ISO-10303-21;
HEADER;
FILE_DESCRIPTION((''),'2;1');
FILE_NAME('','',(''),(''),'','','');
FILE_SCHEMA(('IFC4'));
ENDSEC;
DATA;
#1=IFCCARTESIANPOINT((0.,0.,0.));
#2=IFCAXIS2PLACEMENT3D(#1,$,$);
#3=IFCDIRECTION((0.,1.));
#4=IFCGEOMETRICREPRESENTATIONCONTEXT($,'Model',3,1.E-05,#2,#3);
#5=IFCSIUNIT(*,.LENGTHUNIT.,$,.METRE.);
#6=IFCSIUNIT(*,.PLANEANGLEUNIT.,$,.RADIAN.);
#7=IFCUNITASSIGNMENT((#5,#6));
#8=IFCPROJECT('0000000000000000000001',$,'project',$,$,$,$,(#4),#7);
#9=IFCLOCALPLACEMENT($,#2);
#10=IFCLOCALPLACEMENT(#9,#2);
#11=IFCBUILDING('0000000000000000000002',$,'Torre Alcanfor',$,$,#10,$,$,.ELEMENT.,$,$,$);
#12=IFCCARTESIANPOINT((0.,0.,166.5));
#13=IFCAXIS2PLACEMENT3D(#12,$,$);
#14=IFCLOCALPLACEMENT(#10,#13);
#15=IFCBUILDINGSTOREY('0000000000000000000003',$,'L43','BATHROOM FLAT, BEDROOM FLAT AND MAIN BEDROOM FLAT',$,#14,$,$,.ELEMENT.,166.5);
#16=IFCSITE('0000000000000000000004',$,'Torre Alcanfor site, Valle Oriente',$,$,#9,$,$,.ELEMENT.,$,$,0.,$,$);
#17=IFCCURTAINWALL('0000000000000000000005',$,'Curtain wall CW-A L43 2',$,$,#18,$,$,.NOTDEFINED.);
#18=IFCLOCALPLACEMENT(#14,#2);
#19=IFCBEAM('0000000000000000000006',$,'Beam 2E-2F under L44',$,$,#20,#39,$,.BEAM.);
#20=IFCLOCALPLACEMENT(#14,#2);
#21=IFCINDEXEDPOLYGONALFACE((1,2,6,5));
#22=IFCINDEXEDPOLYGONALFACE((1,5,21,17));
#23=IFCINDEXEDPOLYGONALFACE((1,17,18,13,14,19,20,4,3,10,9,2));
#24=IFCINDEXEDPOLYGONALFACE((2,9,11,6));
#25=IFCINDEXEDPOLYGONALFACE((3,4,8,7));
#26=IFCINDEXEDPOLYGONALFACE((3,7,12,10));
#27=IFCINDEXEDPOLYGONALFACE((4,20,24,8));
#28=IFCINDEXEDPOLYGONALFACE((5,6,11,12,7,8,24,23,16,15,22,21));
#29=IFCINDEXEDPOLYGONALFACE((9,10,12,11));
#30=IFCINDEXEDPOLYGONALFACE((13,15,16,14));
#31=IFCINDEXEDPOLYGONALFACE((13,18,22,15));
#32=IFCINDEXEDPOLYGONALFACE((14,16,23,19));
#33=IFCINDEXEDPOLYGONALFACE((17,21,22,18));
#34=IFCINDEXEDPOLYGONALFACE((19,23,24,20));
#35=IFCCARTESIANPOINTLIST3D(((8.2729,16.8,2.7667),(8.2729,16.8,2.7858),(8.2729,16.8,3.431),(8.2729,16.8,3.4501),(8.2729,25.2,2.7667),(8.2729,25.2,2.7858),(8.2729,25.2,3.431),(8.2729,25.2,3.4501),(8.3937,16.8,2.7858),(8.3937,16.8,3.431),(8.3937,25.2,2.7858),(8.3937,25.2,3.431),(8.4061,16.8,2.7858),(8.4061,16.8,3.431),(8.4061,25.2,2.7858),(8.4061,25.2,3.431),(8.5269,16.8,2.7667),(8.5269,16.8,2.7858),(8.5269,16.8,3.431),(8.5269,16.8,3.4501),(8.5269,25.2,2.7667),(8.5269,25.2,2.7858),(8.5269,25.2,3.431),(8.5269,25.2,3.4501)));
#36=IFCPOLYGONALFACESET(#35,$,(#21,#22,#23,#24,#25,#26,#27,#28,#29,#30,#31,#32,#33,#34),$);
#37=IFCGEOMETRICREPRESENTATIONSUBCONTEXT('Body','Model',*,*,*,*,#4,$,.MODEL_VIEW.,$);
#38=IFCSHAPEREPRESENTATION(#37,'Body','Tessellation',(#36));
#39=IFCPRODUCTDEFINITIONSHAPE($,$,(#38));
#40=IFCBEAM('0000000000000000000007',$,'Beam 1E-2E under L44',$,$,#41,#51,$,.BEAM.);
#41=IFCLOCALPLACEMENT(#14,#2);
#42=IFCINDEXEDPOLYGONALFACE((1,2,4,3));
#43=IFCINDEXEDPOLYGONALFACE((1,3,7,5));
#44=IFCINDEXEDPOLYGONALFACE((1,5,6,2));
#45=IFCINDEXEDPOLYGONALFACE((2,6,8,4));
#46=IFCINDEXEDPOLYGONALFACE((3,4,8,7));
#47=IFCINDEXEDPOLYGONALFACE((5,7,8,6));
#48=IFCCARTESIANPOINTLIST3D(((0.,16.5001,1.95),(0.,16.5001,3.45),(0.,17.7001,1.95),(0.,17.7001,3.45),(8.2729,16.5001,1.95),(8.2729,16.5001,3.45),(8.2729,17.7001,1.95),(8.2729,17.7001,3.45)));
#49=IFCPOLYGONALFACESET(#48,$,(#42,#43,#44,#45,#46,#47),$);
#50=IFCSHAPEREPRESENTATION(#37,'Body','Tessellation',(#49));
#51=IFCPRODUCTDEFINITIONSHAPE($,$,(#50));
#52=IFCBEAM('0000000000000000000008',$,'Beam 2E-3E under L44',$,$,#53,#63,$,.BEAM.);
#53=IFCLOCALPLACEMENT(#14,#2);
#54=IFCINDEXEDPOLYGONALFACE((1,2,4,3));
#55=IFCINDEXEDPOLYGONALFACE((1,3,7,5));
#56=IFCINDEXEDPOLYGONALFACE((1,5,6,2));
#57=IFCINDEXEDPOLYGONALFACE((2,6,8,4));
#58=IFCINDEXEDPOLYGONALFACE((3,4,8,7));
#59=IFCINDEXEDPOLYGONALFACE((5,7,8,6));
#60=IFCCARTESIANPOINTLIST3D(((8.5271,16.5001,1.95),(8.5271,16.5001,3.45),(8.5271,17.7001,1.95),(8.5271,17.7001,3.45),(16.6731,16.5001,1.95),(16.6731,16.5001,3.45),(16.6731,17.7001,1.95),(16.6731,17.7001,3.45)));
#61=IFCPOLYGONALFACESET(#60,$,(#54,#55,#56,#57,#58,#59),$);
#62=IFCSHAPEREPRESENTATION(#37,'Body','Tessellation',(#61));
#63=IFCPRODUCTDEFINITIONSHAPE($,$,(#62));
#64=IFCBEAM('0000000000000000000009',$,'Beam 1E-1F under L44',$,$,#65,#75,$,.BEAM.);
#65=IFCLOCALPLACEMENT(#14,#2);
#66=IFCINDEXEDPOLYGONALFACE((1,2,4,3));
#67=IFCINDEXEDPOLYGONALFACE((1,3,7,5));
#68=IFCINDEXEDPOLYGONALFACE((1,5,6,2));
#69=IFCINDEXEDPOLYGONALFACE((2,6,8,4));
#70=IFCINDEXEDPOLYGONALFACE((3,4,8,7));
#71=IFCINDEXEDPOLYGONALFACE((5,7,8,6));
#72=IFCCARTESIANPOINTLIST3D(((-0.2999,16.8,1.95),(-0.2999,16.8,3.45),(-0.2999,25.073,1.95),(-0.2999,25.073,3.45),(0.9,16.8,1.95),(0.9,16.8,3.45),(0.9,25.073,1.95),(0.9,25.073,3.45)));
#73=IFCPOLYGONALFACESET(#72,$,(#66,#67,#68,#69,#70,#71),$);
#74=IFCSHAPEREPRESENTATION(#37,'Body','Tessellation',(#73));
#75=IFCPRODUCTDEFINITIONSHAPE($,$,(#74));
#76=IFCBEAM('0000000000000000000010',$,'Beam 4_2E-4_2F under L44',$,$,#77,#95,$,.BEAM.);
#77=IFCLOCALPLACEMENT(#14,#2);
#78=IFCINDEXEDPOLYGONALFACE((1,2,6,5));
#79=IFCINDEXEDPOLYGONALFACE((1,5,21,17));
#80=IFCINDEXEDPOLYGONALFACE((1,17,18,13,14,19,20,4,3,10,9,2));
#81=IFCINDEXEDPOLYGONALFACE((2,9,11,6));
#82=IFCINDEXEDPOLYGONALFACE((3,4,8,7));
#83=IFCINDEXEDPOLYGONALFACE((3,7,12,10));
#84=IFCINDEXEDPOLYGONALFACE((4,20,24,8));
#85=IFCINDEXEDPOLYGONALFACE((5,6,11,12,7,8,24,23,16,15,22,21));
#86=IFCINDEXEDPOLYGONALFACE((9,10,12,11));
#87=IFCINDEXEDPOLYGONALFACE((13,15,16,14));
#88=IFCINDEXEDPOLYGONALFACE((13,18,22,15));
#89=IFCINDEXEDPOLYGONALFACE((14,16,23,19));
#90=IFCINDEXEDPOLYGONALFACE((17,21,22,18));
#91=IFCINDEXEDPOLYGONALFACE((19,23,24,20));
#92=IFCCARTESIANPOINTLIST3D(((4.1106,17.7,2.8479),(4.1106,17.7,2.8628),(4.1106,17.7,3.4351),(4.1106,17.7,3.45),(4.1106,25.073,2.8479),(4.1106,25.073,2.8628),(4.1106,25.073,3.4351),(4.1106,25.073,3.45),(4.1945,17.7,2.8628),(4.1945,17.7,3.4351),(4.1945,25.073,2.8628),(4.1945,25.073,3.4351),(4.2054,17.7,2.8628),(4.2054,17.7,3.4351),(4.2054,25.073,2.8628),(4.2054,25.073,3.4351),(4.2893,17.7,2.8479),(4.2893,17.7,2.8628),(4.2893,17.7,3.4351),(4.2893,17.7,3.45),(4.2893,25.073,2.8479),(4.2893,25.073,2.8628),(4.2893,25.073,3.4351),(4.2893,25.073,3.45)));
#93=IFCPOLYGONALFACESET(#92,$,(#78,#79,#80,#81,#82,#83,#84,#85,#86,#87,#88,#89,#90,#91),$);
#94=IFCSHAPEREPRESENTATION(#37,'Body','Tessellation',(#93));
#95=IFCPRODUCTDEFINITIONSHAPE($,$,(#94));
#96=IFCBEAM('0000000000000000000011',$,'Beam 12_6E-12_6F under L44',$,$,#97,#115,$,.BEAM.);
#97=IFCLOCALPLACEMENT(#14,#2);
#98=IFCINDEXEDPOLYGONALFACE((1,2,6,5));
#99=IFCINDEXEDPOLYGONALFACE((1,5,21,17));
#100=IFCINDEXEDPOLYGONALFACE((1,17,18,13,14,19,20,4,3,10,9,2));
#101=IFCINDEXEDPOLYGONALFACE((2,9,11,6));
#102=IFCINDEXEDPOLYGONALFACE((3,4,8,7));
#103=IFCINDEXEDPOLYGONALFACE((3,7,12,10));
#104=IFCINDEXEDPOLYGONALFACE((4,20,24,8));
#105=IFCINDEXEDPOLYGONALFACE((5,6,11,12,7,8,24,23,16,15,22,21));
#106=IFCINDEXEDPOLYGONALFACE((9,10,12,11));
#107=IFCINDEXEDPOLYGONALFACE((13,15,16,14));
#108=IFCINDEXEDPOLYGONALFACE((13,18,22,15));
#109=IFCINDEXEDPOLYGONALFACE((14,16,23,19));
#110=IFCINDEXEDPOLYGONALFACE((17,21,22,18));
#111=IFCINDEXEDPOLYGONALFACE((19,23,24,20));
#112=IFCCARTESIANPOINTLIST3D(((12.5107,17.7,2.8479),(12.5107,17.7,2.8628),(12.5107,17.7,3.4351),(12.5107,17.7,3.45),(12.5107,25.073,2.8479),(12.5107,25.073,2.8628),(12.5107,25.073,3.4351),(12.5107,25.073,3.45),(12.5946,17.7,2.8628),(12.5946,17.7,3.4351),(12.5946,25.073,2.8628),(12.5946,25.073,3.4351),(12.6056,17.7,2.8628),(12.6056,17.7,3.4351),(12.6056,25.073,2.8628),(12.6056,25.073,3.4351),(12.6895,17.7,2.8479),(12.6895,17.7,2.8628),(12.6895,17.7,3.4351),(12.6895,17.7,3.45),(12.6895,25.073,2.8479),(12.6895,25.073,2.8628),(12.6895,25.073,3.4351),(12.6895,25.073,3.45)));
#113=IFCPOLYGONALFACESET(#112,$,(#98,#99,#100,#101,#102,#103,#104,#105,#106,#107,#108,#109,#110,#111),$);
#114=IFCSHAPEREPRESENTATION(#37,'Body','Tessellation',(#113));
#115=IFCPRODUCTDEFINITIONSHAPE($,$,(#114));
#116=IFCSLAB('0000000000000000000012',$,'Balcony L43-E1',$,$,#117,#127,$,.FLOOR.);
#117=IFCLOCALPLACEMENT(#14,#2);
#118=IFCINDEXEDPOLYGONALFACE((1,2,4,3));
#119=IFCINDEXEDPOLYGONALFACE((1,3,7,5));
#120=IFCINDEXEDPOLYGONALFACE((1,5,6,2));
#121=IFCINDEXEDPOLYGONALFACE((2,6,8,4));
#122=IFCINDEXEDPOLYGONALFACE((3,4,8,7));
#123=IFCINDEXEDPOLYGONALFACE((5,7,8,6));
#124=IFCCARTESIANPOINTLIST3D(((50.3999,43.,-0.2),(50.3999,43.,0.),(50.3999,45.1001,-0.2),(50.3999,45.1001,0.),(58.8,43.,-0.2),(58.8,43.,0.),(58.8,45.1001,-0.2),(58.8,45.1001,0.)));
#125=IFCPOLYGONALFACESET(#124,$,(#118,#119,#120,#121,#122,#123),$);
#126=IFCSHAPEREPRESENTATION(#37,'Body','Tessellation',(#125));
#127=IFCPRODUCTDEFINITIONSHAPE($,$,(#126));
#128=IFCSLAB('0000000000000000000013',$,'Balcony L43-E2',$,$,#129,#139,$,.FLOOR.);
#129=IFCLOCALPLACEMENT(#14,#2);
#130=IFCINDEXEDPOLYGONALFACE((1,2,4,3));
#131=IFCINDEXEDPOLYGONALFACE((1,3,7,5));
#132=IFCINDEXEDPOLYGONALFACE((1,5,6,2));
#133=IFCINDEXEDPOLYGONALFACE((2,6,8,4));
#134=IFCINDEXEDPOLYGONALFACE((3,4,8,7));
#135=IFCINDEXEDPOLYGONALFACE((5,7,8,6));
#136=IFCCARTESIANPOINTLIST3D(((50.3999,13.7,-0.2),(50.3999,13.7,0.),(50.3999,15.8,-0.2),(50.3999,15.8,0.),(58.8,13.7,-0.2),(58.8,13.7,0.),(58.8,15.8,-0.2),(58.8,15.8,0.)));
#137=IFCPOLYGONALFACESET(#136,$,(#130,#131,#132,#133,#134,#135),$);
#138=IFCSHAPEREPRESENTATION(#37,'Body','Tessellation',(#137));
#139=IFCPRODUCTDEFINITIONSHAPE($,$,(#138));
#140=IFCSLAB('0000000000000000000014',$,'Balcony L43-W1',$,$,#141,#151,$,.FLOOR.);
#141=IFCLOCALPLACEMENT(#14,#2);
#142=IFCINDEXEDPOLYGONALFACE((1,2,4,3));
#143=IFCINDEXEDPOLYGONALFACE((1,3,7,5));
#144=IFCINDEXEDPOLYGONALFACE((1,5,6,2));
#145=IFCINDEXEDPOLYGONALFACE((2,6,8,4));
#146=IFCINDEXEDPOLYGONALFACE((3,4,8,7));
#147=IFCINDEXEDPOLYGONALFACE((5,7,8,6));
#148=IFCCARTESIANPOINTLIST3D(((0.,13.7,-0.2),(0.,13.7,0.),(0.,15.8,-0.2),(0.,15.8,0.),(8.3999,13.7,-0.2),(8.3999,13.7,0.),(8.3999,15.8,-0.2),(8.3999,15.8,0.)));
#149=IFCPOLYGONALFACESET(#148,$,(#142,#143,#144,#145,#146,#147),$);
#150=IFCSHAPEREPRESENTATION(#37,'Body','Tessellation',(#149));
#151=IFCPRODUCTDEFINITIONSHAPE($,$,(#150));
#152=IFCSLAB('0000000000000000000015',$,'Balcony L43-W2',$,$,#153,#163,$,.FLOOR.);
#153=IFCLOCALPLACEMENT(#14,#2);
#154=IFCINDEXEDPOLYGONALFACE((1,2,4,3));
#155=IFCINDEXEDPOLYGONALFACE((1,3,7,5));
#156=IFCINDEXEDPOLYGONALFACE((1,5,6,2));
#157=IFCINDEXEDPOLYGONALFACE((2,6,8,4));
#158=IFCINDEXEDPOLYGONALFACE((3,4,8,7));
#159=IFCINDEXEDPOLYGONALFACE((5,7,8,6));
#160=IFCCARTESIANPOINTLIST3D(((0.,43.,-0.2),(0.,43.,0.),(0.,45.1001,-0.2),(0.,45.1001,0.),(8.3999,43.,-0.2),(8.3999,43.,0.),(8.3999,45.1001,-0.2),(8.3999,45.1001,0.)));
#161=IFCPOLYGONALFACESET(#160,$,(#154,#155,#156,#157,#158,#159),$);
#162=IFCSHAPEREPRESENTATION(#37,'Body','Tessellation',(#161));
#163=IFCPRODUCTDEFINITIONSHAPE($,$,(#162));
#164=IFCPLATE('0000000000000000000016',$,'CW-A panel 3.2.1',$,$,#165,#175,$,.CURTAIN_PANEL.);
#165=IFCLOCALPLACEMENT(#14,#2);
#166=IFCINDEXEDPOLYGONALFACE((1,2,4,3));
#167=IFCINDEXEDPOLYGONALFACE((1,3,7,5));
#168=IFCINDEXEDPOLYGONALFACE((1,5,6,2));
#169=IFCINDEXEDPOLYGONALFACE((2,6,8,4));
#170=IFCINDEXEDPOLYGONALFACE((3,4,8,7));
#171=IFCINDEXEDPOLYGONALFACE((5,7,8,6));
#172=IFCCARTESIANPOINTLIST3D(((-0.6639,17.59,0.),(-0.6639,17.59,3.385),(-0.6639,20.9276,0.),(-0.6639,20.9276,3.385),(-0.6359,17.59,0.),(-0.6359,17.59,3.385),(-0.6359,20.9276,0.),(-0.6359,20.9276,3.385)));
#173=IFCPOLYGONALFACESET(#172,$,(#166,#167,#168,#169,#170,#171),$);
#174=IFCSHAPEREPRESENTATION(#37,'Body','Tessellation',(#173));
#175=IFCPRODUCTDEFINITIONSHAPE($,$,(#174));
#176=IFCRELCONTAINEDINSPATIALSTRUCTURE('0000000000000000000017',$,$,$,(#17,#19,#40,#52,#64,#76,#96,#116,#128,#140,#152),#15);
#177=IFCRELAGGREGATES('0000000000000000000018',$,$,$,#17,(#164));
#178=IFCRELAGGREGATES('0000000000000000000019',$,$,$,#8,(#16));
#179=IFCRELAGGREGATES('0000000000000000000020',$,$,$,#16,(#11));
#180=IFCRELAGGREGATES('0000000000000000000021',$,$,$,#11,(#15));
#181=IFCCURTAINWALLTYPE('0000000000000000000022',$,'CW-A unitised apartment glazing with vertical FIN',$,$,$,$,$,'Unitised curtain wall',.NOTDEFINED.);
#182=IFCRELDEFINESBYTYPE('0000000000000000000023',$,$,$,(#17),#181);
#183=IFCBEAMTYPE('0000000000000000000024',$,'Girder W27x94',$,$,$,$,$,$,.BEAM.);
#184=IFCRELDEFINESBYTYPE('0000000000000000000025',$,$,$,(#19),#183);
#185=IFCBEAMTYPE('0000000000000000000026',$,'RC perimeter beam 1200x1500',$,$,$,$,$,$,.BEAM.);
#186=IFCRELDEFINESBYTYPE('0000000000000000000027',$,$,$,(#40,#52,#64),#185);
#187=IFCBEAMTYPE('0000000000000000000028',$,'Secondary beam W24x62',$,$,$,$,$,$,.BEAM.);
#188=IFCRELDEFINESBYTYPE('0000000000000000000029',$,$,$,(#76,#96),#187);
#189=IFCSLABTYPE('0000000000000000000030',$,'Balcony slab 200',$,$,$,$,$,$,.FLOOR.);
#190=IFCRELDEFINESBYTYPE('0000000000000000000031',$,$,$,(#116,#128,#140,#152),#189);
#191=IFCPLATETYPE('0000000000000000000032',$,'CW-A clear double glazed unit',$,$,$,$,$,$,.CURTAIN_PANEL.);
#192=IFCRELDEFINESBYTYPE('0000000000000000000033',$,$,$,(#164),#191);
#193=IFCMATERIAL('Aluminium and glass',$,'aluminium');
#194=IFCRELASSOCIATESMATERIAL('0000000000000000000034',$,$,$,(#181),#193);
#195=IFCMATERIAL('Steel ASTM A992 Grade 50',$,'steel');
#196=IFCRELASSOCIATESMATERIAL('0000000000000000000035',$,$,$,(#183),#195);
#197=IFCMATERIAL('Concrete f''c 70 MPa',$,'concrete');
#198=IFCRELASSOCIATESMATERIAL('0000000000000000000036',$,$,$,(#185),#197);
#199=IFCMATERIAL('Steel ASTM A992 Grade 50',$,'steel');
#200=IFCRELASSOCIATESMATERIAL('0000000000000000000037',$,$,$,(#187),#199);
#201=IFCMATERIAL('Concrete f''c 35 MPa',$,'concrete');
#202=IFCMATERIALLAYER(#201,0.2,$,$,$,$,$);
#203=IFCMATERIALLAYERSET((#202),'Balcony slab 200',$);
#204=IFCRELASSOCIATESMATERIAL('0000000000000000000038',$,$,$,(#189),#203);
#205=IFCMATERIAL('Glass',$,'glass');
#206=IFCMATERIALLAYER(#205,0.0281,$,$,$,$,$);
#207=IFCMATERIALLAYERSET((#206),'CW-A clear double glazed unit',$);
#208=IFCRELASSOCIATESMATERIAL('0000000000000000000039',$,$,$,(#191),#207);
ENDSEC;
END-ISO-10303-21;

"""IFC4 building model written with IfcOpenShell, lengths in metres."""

from ifc_helpers import new_model, si_unit, direction, frame, origin, origin_2d, place, context, subcontext, project, spatial, polyline, rectangle, i_section, outline, extrude, material, layer, layer_set, material_profile, profile_set, type_object, element, aggregate, save


model = new_model("IFC4")

# Units and contexts
model_context = context("Model", 3, precision=1e-05, world=origin(), true_north=direction((0.0, 1.0)))
body_context = subcontext(model_context, "Body", "Model", "MODEL_VIEW")
ifc_project = project(units=[si_unit("LENGTHUNIT", "METRE"), si_unit("PLANEANGLEUNIT", "RADIAN")], contexts=[model_context])

# Site, building, storey
site_placement = place(None, origin())
site = spatial("IfcSite", under=ifc_project, at=site_placement, Name="Torre Alcanfor site, Valle Oriente", CompositionType="ELEMENT", RefElevation=0.0)
building_placement = place(site_placement, origin())
building = spatial("IfcBuilding", under=site, at=building_placement, Name="Torre Alcanfor", CompositionType="ELEMENT")
storey_placement = place(building_placement, frame((0.0, 0.0, 166.5)))
storey = spatial("IfcBuildingStorey", under=building, at=storey_placement, Name="L43", Description="BATHROOM FLAT, BEDROOM FLAT AND MAIN BEDROOM FLAT", CompositionType="ELEMENT", Elevation=166.5)

# Curtain wall
ifc_material_1 = material(Name="Aluminium and glass", Category="aluminium")
curtain_wall_type = type_object("IfcCurtainWallType", Name="CW-A unitised apartment glazing with vertical FIN", ElementType="Unitised curtain wall", PredefinedType="NOTDEFINED", material=ifc_material_1)
curtain_wall_placement = place(storey_placement, origin())
curtain_wall = element("IfcCurtainWall", 1, at=curtain_wall_placement, inside=storey, type_object=curtain_wall_type, Name="Curtain wall CW-A L43 2", PredefinedType="NOTDEFINED")

# Beams
ifc_material_2 = material(Name="Steel ASTM A992 Grade 50", Category="steel")
ifc_material_profile_1 = material_profile(ifc_material_2, i_section(OverallWidth=0.2539, OverallDepth=0.6833, WebThickness=0.0125, FlangeThickness=0.019, at=origin_2d()), Name="W27x94")
ifc_profile_set_1 = profile_set([ifc_material_profile_1], Name="Steel ASTM A992 Grade 50")
beam_type_1 = type_object("IfcBeamType", Name="Girder W27x94", PredefinedType="BEAM", material=ifc_profile_set_1)
beam_1_placement = place(storey_placement, frame((8.3999, 16.8, 3.1084), z_axis=(0.0, 1.0, 0.0), x_axis=(-1.0, 0.0, 0.0)))
element("IfcBeam", 2, at=beam_1_placement, inside=storey, type_object=beam_type_1, Name="Beam 2E-2F under L44", PredefinedType="BEAM", context=body_context, shape_type="SweptSolid", body=[
    extrude(i_section(OverallWidth=0.2539, OverallDepth=0.6833, WebThickness=0.0125, FlangeThickness=0.019, at=origin_2d()), origin(), (0.0, 0.0, 1.0), 8.3999),
])
ifc_material_3 = material(Name="Concrete f'c 70 MPa", Category="concrete")
ifc_material_profile_2 = material_profile(ifc_material_3, rectangle(XDim=1.2, YDim=1.5, at=origin_2d()), Name="1200x1500")
ifc_profile_set_2 = profile_set([ifc_material_profile_2], Name="Concrete f'c 70 MPa")
beam_type_2 = type_object("IfcBeamType", Name="RC perimeter beam 1200x1500", PredefinedType="BEAM", material=ifc_profile_set_2)
beam_2_placement = place(storey_placement, frame((0.0, 17.1001, 2.7), z_axis=(1.0, 0.0, 0.0), x_axis=(0.0, 1.0, 0.0)))
element("IfcBeam", 3, at=beam_2_placement, inside=storey, type_object=beam_type_2, Name="Beam 1E-2E under L44", PredefinedType="BEAM", context=body_context, shape_type="SweptSolid", body=[
    extrude(rectangle(XDim=1.2, YDim=1.5, at=origin_2d()), origin(), (0.0, 0.0, 1.0), 8.2729),
])
beam_3_placement = place(storey_placement, frame((8.5271, 17.1001, 2.7), z_axis=(1.0, 0.0, 0.0), x_axis=(0.0, 1.0, 0.0)))
element("IfcBeam", 4, at=beam_3_placement, inside=storey, type_object=beam_type_2, Name="Beam 2E-3E under L44", PredefinedType="BEAM", context=body_context, shape_type="SweptSolid", body=[
    extrude(rectangle(XDim=1.2, YDim=1.5, at=origin_2d()), origin(), (0.0, 0.0, 1.0), 8.146),
])
beam_4_placement = place(storey_placement, frame((0.3, 16.8, 2.7), z_axis=(0.0, 1.0, 0.0), x_axis=(-1.0, 0.0, 0.0)))
element("IfcBeam", 5, at=beam_4_placement, inside=storey, type_object=beam_type_2, Name="Beam 1E-1F under L44", PredefinedType="BEAM", context=body_context, shape_type="SweptSolid", body=[
    extrude(rectangle(XDim=1.2, YDim=1.5, at=origin_2d()), origin(), (0.0, 0.0, 1.0), 8.2729),
])
ifc_material_4 = material(Name="Steel ASTM A992 Grade 50", Category="steel")
ifc_material_profile_3 = material_profile(ifc_material_4, i_section(OverallWidth=0.1787, OverallDepth=0.6021, WebThickness=0.011, FlangeThickness=0.0149, at=origin_2d()), Name="W24x62")
ifc_profile_set_3 = profile_set([ifc_material_profile_3], Name="Steel ASTM A992 Grade 50")
beam_type_3 = type_object("IfcBeamType", Name="Secondary beam W24x62", PredefinedType="BEAM", material=ifc_profile_set_3)
for number, where, z_axis, x_axis, name in (
    (6, (4.2, 17.7, 3.1489), (0.0, 1.0, 0.0), (-1.0, 0.0, 0.0), "Beam 4_2E-4_2F under L44"),
    (7, (12.6001, 17.7, 3.1489), (0.0, 1.0, 0.0), (-1.0, 0.0, 0.0), "Beam 12_6E-12_6F under L44"),
):
    element("IfcBeam", number, at=place(storey_placement, frame(where, z_axis=z_axis, x_axis=x_axis)), inside=storey, type_object=beam_type_3, Name=name, PredefinedType="BEAM", context=body_context, shape_type="SweptSolid", body=[
        extrude(i_section(OverallWidth=0.1787, OverallDepth=0.6021, WebThickness=0.011, FlangeThickness=0.0149, at=origin_2d()), origin(), (0.0, 0.0, 1.0), 7.373),
    ])

# Slabs
ifc_material_5 = material(Name="Concrete f'c 35 MPa", Category="concrete")
ifc_layer_1 = layer(ifc_material_5, 0.2)
ifc_layer_set_1 = layer_set([ifc_layer_1], Name="Balcony slab 200")
slab_type_1 = type_object("IfcSlabType", Name="Balcony slab 200", PredefinedType="FLOOR", material=ifc_layer_set_1)
slab_1_placement = place(storey_placement, frame((0.0, 0.0, -0.2)))
element("IfcSlab", 8, at=slab_1_placement, inside=storey, type_object=slab_type_1, Name="Balcony L43-E1", PredefinedType="FLOOR", context=body_context, shape_type="SweptSolid", body=[
    extrude(outline(polyline([(50.3999, 43.0), (58.8, 43.0), (58.8, 45.1001), (50.3999, 45.1001), (50.3999, 43.0)])), origin(), (0.0, 0.0, 1.0), 0.2),
])
slab_2_placement = place(storey_placement, frame((0.0, 0.0, -0.2)))
element("IfcSlab", 9, at=slab_2_placement, inside=storey, type_object=slab_type_1, Name="Balcony L43-E2", PredefinedType="FLOOR", context=body_context, shape_type="SweptSolid", body=[
    extrude(outline(polyline([(50.3999, 13.7), (58.8, 13.7), (58.8, 15.8), (50.3999, 15.8), (50.3999, 13.7)])), origin(), (0.0, 0.0, 1.0), 0.2),
])
slab_3_placement = place(storey_placement, frame((0.0, 0.0, -0.2)))
element("IfcSlab", 10, at=slab_3_placement, inside=storey, type_object=slab_type_1, Name="Balcony L43-W1", PredefinedType="FLOOR", context=body_context, shape_type="SweptSolid", body=[
    extrude(outline(polyline([(8.3999, 15.8), (0.0, 15.8), (0.0, 13.7), (8.3999, 13.7), (8.3999, 15.8)])), origin(), (0.0, 0.0, 1.0), 0.2),
])
slab_4_placement = place(storey_placement, frame((0.0, 0.0, -0.2)))
element("IfcSlab", 11, at=slab_4_placement, inside=storey, type_object=slab_type_1, Name="Balcony L43-W2", PredefinedType="FLOOR", context=body_context, shape_type="SweptSolid", body=[
    extrude(outline(polyline([(8.3999, 45.1001), (0.0, 45.1001), (0.0, 43.0), (8.3999, 43.0), (8.3999, 45.1001)])), origin(), (0.0, 0.0, 1.0), 0.2),
])

# Plate
ifc_material_6 = material(Name="Glass", Category="glass")
ifc_layer_2 = layer(ifc_material_6, 0.0281)
ifc_layer_set_2 = layer_set([ifc_layer_2], Name="CW-A clear double glazed unit")
plate_type = type_object("IfcPlateType", Name="CW-A clear double glazed unit", PredefinedType="CURTAIN_PANEL", material=ifc_layer_set_2)
plate_placement = place(storey_placement, frame((-0.6499, 19.2588, 0.0), z_axis=(0.0, 0.0, 1.0), x_axis=(0.0, -1.0, 0.0)))
plate = element("IfcPlate", 12, at=plate_placement, type_object=plate_type, Name="CW-A panel 3.2.1", PredefinedType="CURTAIN_PANEL", context=body_context, shape_type="SweptSolid", body=[
    extrude(rectangle(XDim=3.3376, YDim=0.0281, at=origin_2d()), origin(), (0.0, 0.0, 1.0), 3.385),
])
aggregate(curtain_wall, [plate])

save(model, "model.ifc")
